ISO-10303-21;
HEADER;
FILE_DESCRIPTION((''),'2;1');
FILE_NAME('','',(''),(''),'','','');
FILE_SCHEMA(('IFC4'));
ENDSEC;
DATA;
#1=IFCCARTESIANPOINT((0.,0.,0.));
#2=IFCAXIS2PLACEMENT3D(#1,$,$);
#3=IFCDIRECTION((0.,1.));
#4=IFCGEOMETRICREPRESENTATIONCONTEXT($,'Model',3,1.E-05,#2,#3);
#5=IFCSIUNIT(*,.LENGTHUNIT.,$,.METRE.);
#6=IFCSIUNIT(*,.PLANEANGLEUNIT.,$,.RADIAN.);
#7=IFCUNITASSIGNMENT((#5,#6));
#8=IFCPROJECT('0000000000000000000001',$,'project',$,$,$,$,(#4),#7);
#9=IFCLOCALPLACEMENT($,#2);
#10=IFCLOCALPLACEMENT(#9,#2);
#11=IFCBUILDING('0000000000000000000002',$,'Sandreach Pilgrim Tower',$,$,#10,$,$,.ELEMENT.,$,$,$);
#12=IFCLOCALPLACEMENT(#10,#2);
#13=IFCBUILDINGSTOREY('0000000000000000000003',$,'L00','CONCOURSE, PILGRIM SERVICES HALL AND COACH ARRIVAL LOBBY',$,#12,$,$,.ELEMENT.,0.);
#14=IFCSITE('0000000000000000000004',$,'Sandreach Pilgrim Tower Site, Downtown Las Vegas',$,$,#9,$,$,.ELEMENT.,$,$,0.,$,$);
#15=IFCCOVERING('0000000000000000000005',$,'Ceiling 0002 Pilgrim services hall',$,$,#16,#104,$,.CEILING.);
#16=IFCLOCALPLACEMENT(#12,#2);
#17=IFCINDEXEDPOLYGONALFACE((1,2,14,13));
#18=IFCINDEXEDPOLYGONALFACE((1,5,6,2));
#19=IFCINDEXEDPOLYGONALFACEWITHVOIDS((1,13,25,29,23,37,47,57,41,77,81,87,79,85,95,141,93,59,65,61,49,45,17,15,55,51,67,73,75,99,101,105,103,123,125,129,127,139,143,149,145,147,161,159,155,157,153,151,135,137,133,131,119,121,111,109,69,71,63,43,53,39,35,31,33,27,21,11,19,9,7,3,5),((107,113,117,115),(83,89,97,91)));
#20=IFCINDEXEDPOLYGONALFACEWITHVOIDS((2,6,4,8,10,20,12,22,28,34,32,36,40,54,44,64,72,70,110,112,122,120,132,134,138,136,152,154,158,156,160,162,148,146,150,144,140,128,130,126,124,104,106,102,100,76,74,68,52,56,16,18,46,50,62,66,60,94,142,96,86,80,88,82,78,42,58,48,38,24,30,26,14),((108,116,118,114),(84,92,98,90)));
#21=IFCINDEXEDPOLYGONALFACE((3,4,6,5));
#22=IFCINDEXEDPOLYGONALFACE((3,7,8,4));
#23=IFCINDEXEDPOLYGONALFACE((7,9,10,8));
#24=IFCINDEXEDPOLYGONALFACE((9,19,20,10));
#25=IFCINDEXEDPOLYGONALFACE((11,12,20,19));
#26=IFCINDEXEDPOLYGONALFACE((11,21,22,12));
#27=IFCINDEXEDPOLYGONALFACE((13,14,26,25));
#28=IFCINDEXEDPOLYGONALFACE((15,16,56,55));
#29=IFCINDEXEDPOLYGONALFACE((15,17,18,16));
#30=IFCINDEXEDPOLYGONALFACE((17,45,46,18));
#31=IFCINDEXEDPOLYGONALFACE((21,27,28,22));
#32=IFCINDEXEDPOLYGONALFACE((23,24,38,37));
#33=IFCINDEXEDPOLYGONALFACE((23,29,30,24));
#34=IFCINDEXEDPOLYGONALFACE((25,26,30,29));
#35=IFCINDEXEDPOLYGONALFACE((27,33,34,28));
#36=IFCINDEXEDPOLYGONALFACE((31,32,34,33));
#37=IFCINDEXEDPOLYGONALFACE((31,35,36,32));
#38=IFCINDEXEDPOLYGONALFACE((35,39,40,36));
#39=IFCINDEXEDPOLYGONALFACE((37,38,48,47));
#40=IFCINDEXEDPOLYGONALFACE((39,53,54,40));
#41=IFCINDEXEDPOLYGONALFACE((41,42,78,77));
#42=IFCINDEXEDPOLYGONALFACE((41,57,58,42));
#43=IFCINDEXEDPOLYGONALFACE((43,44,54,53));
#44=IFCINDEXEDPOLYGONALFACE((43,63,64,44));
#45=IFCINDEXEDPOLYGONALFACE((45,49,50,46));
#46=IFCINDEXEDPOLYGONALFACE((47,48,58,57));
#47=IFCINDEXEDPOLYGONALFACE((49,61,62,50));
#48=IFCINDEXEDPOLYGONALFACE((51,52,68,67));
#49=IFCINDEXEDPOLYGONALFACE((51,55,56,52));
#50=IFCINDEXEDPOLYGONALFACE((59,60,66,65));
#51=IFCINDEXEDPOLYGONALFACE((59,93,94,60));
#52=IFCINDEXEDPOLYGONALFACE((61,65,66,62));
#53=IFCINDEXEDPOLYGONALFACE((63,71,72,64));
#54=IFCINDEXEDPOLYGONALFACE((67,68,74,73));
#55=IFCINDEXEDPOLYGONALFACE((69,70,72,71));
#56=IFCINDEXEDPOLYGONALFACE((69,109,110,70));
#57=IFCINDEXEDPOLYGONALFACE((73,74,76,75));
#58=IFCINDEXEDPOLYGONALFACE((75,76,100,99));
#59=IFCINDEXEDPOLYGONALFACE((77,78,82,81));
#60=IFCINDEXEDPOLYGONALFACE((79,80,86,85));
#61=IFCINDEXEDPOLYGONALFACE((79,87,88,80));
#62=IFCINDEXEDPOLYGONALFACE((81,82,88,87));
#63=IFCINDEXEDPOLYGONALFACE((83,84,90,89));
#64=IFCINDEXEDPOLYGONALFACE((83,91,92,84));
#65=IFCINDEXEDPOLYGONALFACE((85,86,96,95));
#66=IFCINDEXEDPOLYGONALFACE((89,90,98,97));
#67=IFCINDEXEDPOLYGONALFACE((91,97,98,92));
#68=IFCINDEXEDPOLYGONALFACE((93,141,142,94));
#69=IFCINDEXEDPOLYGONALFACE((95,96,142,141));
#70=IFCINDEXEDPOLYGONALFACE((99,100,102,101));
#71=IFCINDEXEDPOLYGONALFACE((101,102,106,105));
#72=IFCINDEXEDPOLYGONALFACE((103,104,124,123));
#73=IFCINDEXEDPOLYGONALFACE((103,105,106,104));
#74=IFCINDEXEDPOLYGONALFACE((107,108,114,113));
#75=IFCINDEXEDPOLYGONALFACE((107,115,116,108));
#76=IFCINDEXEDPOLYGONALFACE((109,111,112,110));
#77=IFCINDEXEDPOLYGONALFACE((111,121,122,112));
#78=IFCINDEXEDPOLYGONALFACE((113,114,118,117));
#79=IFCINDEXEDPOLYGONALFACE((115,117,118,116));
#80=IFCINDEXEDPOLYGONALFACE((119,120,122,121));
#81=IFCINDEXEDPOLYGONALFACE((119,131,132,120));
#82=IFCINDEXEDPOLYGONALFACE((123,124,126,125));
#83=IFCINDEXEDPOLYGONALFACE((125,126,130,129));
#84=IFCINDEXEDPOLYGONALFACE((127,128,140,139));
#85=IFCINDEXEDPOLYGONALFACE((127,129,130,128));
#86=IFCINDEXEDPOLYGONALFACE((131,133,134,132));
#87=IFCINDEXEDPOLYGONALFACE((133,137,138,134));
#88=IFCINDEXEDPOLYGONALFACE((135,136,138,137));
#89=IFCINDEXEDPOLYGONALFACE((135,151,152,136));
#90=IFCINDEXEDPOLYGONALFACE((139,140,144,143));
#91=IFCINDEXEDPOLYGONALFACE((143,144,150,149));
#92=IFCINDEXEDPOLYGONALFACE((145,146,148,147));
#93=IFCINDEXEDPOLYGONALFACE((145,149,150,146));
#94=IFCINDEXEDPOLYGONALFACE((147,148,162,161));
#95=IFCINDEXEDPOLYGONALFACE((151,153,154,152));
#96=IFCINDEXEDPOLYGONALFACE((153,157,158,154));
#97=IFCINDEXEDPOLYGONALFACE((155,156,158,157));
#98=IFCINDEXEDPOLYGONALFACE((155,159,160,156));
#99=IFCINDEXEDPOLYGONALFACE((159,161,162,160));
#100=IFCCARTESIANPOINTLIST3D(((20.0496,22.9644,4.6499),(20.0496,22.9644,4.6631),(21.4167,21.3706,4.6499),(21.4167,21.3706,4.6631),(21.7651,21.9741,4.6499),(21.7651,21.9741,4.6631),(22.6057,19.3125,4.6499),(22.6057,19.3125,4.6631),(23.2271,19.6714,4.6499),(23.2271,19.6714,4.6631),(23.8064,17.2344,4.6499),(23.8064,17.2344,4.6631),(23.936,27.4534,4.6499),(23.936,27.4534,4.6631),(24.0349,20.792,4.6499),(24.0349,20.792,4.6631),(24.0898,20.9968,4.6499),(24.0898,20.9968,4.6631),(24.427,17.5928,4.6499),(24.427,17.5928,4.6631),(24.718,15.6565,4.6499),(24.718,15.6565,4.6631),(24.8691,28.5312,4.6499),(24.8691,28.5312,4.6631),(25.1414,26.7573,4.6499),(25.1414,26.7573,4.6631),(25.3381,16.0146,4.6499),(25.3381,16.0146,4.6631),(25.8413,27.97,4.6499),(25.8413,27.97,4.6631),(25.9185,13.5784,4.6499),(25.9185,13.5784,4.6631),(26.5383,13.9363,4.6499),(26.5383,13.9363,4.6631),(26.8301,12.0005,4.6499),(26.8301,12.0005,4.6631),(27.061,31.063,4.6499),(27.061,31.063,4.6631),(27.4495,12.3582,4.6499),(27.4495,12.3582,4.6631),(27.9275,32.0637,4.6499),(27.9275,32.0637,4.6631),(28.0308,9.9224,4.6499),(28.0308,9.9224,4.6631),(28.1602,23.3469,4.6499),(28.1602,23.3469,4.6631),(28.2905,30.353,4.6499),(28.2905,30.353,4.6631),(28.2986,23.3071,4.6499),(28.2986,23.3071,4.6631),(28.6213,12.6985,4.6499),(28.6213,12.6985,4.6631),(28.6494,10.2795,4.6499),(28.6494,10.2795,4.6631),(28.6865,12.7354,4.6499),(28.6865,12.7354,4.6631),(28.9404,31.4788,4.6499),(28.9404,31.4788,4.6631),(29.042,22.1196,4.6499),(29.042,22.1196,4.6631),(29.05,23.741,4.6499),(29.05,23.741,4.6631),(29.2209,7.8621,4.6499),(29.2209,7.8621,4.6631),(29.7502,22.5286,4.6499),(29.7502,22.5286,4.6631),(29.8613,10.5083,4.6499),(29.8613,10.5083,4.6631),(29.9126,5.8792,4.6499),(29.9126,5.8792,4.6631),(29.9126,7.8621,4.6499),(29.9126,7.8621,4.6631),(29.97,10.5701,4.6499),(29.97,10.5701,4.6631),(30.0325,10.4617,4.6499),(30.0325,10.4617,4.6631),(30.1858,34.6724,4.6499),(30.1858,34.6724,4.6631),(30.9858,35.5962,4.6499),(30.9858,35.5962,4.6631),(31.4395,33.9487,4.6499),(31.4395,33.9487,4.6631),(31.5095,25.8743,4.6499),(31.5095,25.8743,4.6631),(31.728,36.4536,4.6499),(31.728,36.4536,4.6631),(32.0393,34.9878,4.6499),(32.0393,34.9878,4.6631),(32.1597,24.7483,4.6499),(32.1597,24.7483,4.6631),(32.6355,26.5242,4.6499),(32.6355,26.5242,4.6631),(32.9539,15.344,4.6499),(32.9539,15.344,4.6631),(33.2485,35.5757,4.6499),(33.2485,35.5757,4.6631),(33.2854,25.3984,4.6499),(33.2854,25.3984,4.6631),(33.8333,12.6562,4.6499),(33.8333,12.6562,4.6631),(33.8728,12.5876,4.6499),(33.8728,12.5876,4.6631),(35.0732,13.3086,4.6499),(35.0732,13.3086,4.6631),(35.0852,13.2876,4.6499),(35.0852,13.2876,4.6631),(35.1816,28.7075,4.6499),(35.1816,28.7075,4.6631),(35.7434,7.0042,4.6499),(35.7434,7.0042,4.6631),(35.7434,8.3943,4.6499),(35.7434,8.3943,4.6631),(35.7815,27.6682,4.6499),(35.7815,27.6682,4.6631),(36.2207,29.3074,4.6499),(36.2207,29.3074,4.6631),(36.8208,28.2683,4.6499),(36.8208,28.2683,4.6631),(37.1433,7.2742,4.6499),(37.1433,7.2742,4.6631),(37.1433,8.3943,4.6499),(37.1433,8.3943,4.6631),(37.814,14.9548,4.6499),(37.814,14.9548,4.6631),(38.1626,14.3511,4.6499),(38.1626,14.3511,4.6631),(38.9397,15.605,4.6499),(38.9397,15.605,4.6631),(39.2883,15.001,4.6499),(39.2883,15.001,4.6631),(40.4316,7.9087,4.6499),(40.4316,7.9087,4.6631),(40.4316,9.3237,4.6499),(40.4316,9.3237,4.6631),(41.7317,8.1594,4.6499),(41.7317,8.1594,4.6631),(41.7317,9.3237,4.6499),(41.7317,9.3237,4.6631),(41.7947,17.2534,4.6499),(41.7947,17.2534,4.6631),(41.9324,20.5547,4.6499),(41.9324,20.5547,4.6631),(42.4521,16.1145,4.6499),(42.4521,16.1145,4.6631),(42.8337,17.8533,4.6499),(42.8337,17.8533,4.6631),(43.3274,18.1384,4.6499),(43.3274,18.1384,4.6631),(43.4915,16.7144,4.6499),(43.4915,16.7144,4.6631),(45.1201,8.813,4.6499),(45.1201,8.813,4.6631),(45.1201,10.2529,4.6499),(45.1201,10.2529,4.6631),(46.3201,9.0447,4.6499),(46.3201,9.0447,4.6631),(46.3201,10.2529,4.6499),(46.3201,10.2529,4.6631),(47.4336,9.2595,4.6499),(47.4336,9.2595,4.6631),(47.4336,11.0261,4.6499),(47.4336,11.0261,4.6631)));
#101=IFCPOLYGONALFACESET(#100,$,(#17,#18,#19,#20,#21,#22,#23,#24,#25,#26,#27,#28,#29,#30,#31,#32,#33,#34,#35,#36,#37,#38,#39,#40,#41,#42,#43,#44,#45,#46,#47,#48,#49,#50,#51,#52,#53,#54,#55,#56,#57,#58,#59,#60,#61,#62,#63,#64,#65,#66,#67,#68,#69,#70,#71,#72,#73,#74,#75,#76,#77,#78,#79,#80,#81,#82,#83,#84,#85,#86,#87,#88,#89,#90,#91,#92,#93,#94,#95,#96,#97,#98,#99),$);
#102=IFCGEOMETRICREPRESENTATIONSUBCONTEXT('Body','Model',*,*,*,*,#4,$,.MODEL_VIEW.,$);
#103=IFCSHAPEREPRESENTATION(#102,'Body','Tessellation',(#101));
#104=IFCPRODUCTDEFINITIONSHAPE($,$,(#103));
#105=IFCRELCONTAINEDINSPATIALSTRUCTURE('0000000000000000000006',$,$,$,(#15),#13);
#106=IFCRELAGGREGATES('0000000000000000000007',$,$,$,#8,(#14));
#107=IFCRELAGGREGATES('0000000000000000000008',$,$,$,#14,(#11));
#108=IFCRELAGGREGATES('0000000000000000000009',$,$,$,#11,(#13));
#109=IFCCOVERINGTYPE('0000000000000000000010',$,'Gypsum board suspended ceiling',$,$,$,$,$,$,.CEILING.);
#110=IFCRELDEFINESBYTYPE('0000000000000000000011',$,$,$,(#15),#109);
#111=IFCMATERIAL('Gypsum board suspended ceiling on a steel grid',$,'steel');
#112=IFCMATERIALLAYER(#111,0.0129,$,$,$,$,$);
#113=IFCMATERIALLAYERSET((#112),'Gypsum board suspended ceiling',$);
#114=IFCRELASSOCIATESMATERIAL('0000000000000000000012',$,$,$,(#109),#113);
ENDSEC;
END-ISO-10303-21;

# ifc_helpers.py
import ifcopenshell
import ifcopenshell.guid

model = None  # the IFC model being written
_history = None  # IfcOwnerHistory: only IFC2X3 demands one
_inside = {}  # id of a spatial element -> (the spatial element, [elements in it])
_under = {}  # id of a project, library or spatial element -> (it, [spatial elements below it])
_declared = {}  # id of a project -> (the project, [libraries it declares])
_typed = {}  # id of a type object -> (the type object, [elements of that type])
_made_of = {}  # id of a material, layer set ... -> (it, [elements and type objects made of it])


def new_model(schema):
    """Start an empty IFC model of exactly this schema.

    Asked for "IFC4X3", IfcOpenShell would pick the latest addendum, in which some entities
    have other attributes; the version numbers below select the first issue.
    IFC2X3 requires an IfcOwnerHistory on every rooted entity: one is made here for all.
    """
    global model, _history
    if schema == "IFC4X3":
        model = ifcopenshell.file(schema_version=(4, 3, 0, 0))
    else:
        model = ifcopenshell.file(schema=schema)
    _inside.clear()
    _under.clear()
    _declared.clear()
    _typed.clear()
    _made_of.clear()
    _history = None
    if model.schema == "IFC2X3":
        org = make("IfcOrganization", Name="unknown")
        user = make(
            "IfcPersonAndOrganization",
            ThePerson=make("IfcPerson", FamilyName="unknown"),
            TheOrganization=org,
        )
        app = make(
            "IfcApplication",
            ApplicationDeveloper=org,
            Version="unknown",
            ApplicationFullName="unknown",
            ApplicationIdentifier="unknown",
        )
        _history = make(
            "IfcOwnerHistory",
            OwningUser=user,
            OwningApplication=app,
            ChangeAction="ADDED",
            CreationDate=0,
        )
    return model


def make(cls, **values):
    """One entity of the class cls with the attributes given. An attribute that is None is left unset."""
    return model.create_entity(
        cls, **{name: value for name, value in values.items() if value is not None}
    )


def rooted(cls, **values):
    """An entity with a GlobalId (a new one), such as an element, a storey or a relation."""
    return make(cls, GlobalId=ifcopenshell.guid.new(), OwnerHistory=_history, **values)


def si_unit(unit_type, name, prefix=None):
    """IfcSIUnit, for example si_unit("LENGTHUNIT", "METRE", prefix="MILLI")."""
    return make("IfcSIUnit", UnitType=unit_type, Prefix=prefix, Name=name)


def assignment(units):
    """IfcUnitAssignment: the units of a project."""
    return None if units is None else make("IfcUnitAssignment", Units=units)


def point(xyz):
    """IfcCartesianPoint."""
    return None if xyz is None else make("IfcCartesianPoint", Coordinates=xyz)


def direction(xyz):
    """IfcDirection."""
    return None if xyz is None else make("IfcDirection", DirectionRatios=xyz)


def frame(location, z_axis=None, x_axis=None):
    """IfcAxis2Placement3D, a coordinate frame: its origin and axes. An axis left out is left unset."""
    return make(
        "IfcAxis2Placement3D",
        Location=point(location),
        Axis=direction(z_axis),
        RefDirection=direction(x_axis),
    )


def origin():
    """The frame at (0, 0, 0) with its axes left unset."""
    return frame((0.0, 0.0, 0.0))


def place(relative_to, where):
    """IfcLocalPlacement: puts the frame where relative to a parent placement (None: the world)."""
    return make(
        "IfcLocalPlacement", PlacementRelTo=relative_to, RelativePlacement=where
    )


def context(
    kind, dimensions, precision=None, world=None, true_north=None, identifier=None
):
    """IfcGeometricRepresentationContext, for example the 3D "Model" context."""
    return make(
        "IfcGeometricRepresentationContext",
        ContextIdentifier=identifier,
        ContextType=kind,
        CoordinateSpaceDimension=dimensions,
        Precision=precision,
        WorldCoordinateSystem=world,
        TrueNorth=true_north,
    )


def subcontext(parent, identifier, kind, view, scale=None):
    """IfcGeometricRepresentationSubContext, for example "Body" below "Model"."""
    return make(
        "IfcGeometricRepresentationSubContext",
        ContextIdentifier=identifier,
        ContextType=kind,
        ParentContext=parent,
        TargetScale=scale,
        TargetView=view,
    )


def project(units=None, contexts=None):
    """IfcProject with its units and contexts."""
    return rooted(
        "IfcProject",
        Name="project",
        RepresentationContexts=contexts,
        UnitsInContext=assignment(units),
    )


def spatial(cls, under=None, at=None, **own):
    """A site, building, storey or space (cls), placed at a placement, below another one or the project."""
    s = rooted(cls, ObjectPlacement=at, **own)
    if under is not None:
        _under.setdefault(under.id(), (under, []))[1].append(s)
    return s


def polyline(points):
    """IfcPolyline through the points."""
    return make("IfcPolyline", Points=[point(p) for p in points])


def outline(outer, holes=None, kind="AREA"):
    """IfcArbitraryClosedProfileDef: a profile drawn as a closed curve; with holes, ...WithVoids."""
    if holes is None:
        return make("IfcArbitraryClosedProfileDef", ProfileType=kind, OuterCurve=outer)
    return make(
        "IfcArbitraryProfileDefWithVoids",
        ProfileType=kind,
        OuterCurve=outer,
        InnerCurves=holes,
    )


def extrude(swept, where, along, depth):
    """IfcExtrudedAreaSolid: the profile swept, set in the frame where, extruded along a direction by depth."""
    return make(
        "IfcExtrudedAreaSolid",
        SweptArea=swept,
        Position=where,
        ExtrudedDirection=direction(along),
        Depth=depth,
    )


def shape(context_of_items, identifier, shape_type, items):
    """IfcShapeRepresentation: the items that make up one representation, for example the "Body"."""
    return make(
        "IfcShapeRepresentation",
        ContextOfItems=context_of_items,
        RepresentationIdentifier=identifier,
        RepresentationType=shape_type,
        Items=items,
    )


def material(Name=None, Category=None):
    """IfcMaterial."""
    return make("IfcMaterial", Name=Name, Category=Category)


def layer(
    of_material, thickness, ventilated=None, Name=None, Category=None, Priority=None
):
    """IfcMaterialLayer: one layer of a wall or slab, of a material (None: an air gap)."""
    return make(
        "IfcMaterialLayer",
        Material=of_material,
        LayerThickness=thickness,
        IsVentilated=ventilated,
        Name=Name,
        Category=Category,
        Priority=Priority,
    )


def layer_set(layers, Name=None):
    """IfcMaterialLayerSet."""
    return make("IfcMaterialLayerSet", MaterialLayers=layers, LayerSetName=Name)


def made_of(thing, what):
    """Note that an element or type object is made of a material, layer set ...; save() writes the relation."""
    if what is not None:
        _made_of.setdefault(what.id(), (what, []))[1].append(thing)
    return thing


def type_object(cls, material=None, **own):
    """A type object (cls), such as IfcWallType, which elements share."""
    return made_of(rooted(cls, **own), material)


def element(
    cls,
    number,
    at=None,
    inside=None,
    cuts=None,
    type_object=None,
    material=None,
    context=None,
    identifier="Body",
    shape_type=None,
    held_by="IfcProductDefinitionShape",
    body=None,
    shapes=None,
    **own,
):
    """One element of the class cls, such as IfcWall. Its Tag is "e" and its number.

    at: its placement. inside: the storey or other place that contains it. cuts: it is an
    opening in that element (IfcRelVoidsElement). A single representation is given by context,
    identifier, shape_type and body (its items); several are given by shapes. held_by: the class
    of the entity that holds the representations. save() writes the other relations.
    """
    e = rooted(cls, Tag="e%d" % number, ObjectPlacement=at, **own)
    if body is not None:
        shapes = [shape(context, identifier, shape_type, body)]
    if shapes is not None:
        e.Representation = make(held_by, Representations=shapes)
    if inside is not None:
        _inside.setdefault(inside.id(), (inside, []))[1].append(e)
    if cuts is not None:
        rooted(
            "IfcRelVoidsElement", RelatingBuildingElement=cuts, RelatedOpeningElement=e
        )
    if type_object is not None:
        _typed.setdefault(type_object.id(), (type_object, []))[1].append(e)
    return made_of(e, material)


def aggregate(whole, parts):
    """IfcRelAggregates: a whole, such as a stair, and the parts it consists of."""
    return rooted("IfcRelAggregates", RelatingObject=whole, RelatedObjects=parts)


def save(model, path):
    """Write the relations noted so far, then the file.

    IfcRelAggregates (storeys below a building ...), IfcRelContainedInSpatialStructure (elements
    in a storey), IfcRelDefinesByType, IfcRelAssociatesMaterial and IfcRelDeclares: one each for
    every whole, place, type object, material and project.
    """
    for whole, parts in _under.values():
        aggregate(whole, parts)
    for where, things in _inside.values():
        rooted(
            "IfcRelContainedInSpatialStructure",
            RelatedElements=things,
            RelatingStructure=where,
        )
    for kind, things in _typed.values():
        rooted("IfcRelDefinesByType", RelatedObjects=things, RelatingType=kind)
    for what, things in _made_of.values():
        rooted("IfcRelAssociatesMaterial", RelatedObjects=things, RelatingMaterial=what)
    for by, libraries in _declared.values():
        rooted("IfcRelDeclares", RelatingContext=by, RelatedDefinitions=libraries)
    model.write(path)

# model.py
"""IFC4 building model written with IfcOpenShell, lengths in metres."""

from ifc_helpers import new_model, si_unit, direction, frame, origin, place, context, subcontext, project, spatial, polyline, outline, extrude, material, layer, layer_set, type_object, element, save


model = new_model("IFC4")

# Units and contexts
model_context = context("Model", 3, precision=1e-05, world=origin(), true_north=direction((0.0, 1.0)))
body_context = subcontext(model_context, "Body", "Model", "MODEL_VIEW")
ifc_project = project(units=[si_unit("LENGTHUNIT", "METRE"), si_unit("PLANEANGLEUNIT", "RADIAN")], contexts=[model_context])

# Site, building, storey
site_placement = place(None, origin())
site = spatial("IfcSite", under=ifc_project, at=site_placement, Name="Sandreach Pilgrim Tower Site, Downtown Las Vegas", CompositionType="ELEMENT", RefElevation=0.0)
building_placement = place(site_placement, origin())
building = spatial("IfcBuilding", under=site, at=building_placement, Name="Sandreach Pilgrim Tower", CompositionType="ELEMENT")
storey_placement = place(building_placement, origin())
storey = spatial("IfcBuildingStorey", under=building, at=storey_placement, Name="L00", Description="CONCOURSE, PILGRIM SERVICES HALL AND COACH ARRIVAL LOBBY", CompositionType="ELEMENT", Elevation=0.0)

# Covering
ifc_material_1 = material(Name="Gypsum board suspended ceiling on a steel grid", Category="steel")
ifc_layer_1 = layer(ifc_material_1, 0.0129)
ifc_layer_set_1 = layer_set([ifc_layer_1], Name="Gypsum board suspended ceiling")
covering_type_1 = type_object("IfcCoveringType", Name="Gypsum board suspended ceiling", PredefinedType="CEILING", material=ifc_layer_set_1)
covering_1_placement = place(storey_placement, frame((0.0, 0.0, 4.6499)))
element("IfcCovering", 1, at=covering_1_placement, inside=storey, type_object=covering_type_1, Name="Ceiling 0002 Pilgrim services hall", PredefinedType="CEILING", context=body_context, shape_type="SweptSolid", body=[
    extrude(outline(polyline([(24.0349, 20.792), (28.6865, 12.7354), (28.6213, 12.6985), (29.8613, 10.5083), (29.97, 10.5701), (30.0325, 10.4617), (33.8333, 12.6562), (33.8728, 12.5876), (35.0852, 13.2876), (35.0732, 13.3086), (37.814, 14.9548), (38.1626, 14.3511), (39.2883, 15.001), (38.9397, 15.605), (41.7947, 17.2534), (42.4521, 16.1145), (43.4915, 16.7144), (42.8337, 17.8533), (43.3274, 18.1384), (47.4336, 11.0261), (47.4336, 9.2595), (46.3201, 9.0447), (46.3201, 10.2529), (45.1201, 10.2529), (45.1201, 8.813), (41.7317, 8.1594), (41.7317, 9.3237), (40.4316, 9.3237), (40.4316, 7.9087), (37.1433, 7.2742), (37.1433, 8.3943), (35.7434, 8.3943), (35.7434, 7.0042), (29.9126, 5.8792), (29.9126, 7.8621), (29.2209, 7.8621), (28.0308, 9.9224), (28.6494, 10.2795), (27.4495, 12.3582), (26.8301, 12.0005), (25.9185, 13.5784), (26.5383, 13.9363), (25.3381, 16.0146), (24.718, 15.6565), (23.8064, 17.2344), (24.427, 17.5928), (23.2271, 19.6714), (22.6057, 19.3125), (21.4167, 21.3706), (21.7651, 21.9741), (20.0496, 22.9644), (23.936, 27.4534), (25.1414, 26.7573), (25.8413, 27.97), (24.8691, 28.5312), (27.061, 31.063), (28.2905, 30.353), (28.9404, 31.4788), (27.9275, 32.0637), (30.1858, 34.6724), (31.4395, 33.9487), (32.0393, 34.9878), (30.9858, 35.5962), (31.728, 36.4536), (33.2485, 35.5757), (41.9324, 20.5547), (32.9539, 15.344), (29.042, 22.1196), (29.7502, 22.5286), (29.05, 23.741), (28.2986, 23.3071), (28.1602, 23.3469), (24.0898, 20.9968), (24.0349, 20.792)]), holes=[polyline([(36.8208, 28.2683), (36.2207, 29.3074), (35.1816, 28.7075), (35.7815, 27.6682), (36.8208, 28.2683)]), polyline([(33.2854, 25.3984), (32.6355, 26.5242), (31.5095, 25.8743), (32.1597, 24.7483), (33.2854, 25.3984)])]), origin(), (0.0, 0.0, 1.0), 0.0132),
])

save(model, "model.ifc")
